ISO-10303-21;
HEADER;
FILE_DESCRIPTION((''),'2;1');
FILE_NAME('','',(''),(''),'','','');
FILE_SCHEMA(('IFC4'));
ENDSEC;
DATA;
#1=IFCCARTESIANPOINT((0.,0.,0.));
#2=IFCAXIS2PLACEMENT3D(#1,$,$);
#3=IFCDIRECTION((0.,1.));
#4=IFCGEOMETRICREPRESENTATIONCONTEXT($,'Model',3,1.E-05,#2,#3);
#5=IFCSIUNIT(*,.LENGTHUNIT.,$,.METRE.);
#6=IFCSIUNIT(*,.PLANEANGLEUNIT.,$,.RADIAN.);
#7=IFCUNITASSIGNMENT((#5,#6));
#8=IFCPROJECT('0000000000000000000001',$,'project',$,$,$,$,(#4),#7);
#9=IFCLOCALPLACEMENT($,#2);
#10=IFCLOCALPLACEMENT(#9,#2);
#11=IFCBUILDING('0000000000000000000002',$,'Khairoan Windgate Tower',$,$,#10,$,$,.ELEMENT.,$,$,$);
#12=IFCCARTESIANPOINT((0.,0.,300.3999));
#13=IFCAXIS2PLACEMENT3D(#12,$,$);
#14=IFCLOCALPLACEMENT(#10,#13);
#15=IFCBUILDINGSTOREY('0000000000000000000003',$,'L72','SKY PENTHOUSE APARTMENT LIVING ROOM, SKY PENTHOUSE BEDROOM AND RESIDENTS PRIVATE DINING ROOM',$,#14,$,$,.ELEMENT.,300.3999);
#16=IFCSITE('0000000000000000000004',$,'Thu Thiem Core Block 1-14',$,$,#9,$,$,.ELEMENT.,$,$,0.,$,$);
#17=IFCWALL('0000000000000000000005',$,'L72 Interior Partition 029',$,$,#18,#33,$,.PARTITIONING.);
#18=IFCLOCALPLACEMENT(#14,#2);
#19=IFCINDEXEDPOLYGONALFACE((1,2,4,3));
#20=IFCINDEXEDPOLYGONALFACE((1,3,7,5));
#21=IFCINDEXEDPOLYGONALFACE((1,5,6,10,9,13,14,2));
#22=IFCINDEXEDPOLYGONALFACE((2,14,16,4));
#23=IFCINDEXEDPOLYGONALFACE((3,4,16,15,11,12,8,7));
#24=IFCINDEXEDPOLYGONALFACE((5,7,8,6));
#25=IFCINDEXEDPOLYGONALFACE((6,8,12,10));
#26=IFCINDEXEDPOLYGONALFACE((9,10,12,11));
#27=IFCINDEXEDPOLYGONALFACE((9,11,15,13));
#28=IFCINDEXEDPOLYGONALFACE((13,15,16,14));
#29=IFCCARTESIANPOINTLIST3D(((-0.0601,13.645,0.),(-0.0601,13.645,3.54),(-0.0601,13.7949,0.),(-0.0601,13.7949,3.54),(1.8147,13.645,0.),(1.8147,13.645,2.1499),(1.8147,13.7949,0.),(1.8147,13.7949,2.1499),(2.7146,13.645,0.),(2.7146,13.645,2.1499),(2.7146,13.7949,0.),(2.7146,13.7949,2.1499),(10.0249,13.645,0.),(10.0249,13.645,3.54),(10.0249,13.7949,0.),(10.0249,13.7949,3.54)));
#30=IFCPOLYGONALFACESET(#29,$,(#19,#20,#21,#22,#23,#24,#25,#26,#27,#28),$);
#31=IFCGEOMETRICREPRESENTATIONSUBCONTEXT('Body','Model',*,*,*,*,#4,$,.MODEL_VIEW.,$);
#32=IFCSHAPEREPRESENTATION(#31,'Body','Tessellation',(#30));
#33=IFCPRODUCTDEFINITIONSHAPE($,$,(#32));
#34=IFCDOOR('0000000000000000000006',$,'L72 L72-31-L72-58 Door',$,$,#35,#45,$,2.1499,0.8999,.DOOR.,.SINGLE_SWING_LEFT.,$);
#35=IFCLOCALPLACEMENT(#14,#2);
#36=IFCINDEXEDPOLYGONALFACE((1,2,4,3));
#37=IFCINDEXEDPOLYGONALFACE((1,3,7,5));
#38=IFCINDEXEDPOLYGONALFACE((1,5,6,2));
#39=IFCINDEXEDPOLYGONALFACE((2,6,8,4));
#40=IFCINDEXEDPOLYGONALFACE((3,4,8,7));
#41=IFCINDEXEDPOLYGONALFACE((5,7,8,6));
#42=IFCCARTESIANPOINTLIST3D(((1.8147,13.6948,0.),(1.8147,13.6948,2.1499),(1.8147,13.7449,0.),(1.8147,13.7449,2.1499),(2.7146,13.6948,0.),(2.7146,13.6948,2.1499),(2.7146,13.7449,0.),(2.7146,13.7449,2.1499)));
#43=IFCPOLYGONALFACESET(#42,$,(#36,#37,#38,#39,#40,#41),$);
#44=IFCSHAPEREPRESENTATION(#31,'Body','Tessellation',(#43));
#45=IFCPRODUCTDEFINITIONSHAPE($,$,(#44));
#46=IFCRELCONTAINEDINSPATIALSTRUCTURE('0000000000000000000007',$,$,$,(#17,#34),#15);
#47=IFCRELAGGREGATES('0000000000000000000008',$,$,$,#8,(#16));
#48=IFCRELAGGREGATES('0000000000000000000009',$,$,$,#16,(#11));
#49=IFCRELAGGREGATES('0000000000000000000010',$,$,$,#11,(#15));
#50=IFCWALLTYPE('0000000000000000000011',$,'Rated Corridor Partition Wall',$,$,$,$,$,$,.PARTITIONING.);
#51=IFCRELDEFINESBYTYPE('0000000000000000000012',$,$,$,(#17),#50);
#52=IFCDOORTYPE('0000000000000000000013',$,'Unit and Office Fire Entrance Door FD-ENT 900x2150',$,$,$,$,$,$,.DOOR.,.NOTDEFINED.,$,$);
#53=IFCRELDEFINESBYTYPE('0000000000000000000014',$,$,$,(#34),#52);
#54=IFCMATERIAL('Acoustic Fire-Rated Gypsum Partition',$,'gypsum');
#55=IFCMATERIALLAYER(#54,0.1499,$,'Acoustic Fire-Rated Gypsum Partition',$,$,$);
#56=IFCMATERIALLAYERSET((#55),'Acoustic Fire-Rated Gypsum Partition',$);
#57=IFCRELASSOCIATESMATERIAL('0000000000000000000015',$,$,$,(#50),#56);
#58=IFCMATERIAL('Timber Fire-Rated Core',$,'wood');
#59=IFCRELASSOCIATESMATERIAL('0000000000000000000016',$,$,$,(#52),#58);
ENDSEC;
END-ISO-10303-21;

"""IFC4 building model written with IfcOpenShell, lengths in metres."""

from ifc_helpers import new_model, si_unit, direction, frame, frame_2d, origin, place, context, subcontext, project, spatial, rectangle, extrude, material, layer, layer_set, type_object, element, fill, save


model = new_model("IFC4")

# Units and contexts
model_context = context("Model", 3, precision=1e-05, world=origin(), true_north=direction((0.0, 1.0)))
body_context = subcontext(model_context, "Body", "Model", "MODEL_VIEW")
ifc_project = project(units=[si_unit("LENGTHUNIT", "METRE"), si_unit("PLANEANGLEUNIT", "RADIAN")], contexts=[model_context])

# Site, building, storey
site_placement = place(None, origin())
site = spatial("IfcSite", under=ifc_project, at=site_placement, Name="Thu Thiem Core Block 1-14", CompositionType="ELEMENT", RefElevation=0.0)
building_placement = place(site_placement, origin())
building = spatial("IfcBuilding", under=site, at=building_placement, Name="Khairoan Windgate Tower", CompositionType="ELEMENT")
storey_placement = place(building_placement, frame((0.0, 0.0, 300.3999)))
storey = spatial("IfcBuildingStorey", under=building, at=storey_placement, Name="L72", Description="SKY PENTHOUSE APARTMENT LIVING ROOM, SKY PENTHOUSE BEDROOM AND RESIDENTS PRIVATE DINING ROOM", CompositionType="ELEMENT", Elevation=300.3999)

# Shared definitions
ifc_material_1 = material(Name="Acoustic Fire-Rated Gypsum Partition", Category="gypsum")
ifc_layer_1 = layer(ifc_material_1, 0.1499, Name="Acoustic Fire-Rated Gypsum Partition")
ifc_layer_set_1 = layer_set([ifc_layer_1], Name="Acoustic Fire-Rated Gypsum Partition")
wall_type_1 = type_object("IfcWallType", Name="Rated Corridor Partition Wall", PredefinedType="PARTITIONING", material=ifc_layer_set_1)
ifc_material_2 = material(Name="Timber Fire-Rated Core", Category="wood")
door_type_1 = type_object("IfcDoorType", Name="Unit and Office Fire Entrance Door FD-ENT 900x2150", OperationType="NOTDEFINED", PredefinedType="DOOR", material=ifc_material_2)

# Wall, opening, door
wall_1_placement = place(storey_placement, frame((-0.0601, 13.72, 0.0), z_axis=(0.0, 0.0, 1.0), x_axis=(1.0, 0.0, 0.0)))
wall_1 = element("IfcWall", 1, at=wall_1_placement, inside=storey, type_object=wall_type_1, Name="L72 Interior Partition 029", PredefinedType="PARTITIONING", context=body_context, shape_type="SweptSolid", body=[
    extrude(rectangle(XDim=10.085, YDim=0.1499, at=frame_2d((5.0425, 0.0))), origin(), (0.0, 0.0, 1.0), 3.54),
])
opening_1_placement = place(wall_1_placement, frame((1.8748, 0.0, 0.0)))
opening_1 = element("IfcOpeningElement", 2, at=opening_1_placement, cuts=wall_1, PredefinedType="OPENING", context=body_context, shape_type="SweptSolid", body=[
    extrude(rectangle(XDim=0.8999, YDim=2.1499, at=frame_2d((0.45, 1.075))), frame((0.0, 0.085, 0.0), z_axis=(0.0, -1.0, 0.0), x_axis=(1.0, 0.0, 0.0)), (0.0, 0.0, 1.0), 0.1699),
])
door_1_placement = place(opening_1_placement, origin())
door_1 = element("IfcDoor", 3, at=door_1_placement, inside=storey, type_object=door_type_1, Name="L72 L72-31-L72-58 Door", OperationType="SINGLE_SWING_LEFT", OverallHeight=2.1499, OverallWidth=0.8999, PredefinedType="DOOR", context=body_context, shape_type="SweptSolid", body=[
    extrude(rectangle(XDim=0.8999, YDim=2.1499, at=frame_2d((0.45, 1.075))), frame((0.0, 0.0249, 0.0), z_axis=(0.0, -1.0, 0.0), x_axis=(1.0, 0.0, 0.0)), (0.0, 0.0, 1.0), 0.05),
])
fill(opening_1, door_1)

save(model, "model.ifc")
